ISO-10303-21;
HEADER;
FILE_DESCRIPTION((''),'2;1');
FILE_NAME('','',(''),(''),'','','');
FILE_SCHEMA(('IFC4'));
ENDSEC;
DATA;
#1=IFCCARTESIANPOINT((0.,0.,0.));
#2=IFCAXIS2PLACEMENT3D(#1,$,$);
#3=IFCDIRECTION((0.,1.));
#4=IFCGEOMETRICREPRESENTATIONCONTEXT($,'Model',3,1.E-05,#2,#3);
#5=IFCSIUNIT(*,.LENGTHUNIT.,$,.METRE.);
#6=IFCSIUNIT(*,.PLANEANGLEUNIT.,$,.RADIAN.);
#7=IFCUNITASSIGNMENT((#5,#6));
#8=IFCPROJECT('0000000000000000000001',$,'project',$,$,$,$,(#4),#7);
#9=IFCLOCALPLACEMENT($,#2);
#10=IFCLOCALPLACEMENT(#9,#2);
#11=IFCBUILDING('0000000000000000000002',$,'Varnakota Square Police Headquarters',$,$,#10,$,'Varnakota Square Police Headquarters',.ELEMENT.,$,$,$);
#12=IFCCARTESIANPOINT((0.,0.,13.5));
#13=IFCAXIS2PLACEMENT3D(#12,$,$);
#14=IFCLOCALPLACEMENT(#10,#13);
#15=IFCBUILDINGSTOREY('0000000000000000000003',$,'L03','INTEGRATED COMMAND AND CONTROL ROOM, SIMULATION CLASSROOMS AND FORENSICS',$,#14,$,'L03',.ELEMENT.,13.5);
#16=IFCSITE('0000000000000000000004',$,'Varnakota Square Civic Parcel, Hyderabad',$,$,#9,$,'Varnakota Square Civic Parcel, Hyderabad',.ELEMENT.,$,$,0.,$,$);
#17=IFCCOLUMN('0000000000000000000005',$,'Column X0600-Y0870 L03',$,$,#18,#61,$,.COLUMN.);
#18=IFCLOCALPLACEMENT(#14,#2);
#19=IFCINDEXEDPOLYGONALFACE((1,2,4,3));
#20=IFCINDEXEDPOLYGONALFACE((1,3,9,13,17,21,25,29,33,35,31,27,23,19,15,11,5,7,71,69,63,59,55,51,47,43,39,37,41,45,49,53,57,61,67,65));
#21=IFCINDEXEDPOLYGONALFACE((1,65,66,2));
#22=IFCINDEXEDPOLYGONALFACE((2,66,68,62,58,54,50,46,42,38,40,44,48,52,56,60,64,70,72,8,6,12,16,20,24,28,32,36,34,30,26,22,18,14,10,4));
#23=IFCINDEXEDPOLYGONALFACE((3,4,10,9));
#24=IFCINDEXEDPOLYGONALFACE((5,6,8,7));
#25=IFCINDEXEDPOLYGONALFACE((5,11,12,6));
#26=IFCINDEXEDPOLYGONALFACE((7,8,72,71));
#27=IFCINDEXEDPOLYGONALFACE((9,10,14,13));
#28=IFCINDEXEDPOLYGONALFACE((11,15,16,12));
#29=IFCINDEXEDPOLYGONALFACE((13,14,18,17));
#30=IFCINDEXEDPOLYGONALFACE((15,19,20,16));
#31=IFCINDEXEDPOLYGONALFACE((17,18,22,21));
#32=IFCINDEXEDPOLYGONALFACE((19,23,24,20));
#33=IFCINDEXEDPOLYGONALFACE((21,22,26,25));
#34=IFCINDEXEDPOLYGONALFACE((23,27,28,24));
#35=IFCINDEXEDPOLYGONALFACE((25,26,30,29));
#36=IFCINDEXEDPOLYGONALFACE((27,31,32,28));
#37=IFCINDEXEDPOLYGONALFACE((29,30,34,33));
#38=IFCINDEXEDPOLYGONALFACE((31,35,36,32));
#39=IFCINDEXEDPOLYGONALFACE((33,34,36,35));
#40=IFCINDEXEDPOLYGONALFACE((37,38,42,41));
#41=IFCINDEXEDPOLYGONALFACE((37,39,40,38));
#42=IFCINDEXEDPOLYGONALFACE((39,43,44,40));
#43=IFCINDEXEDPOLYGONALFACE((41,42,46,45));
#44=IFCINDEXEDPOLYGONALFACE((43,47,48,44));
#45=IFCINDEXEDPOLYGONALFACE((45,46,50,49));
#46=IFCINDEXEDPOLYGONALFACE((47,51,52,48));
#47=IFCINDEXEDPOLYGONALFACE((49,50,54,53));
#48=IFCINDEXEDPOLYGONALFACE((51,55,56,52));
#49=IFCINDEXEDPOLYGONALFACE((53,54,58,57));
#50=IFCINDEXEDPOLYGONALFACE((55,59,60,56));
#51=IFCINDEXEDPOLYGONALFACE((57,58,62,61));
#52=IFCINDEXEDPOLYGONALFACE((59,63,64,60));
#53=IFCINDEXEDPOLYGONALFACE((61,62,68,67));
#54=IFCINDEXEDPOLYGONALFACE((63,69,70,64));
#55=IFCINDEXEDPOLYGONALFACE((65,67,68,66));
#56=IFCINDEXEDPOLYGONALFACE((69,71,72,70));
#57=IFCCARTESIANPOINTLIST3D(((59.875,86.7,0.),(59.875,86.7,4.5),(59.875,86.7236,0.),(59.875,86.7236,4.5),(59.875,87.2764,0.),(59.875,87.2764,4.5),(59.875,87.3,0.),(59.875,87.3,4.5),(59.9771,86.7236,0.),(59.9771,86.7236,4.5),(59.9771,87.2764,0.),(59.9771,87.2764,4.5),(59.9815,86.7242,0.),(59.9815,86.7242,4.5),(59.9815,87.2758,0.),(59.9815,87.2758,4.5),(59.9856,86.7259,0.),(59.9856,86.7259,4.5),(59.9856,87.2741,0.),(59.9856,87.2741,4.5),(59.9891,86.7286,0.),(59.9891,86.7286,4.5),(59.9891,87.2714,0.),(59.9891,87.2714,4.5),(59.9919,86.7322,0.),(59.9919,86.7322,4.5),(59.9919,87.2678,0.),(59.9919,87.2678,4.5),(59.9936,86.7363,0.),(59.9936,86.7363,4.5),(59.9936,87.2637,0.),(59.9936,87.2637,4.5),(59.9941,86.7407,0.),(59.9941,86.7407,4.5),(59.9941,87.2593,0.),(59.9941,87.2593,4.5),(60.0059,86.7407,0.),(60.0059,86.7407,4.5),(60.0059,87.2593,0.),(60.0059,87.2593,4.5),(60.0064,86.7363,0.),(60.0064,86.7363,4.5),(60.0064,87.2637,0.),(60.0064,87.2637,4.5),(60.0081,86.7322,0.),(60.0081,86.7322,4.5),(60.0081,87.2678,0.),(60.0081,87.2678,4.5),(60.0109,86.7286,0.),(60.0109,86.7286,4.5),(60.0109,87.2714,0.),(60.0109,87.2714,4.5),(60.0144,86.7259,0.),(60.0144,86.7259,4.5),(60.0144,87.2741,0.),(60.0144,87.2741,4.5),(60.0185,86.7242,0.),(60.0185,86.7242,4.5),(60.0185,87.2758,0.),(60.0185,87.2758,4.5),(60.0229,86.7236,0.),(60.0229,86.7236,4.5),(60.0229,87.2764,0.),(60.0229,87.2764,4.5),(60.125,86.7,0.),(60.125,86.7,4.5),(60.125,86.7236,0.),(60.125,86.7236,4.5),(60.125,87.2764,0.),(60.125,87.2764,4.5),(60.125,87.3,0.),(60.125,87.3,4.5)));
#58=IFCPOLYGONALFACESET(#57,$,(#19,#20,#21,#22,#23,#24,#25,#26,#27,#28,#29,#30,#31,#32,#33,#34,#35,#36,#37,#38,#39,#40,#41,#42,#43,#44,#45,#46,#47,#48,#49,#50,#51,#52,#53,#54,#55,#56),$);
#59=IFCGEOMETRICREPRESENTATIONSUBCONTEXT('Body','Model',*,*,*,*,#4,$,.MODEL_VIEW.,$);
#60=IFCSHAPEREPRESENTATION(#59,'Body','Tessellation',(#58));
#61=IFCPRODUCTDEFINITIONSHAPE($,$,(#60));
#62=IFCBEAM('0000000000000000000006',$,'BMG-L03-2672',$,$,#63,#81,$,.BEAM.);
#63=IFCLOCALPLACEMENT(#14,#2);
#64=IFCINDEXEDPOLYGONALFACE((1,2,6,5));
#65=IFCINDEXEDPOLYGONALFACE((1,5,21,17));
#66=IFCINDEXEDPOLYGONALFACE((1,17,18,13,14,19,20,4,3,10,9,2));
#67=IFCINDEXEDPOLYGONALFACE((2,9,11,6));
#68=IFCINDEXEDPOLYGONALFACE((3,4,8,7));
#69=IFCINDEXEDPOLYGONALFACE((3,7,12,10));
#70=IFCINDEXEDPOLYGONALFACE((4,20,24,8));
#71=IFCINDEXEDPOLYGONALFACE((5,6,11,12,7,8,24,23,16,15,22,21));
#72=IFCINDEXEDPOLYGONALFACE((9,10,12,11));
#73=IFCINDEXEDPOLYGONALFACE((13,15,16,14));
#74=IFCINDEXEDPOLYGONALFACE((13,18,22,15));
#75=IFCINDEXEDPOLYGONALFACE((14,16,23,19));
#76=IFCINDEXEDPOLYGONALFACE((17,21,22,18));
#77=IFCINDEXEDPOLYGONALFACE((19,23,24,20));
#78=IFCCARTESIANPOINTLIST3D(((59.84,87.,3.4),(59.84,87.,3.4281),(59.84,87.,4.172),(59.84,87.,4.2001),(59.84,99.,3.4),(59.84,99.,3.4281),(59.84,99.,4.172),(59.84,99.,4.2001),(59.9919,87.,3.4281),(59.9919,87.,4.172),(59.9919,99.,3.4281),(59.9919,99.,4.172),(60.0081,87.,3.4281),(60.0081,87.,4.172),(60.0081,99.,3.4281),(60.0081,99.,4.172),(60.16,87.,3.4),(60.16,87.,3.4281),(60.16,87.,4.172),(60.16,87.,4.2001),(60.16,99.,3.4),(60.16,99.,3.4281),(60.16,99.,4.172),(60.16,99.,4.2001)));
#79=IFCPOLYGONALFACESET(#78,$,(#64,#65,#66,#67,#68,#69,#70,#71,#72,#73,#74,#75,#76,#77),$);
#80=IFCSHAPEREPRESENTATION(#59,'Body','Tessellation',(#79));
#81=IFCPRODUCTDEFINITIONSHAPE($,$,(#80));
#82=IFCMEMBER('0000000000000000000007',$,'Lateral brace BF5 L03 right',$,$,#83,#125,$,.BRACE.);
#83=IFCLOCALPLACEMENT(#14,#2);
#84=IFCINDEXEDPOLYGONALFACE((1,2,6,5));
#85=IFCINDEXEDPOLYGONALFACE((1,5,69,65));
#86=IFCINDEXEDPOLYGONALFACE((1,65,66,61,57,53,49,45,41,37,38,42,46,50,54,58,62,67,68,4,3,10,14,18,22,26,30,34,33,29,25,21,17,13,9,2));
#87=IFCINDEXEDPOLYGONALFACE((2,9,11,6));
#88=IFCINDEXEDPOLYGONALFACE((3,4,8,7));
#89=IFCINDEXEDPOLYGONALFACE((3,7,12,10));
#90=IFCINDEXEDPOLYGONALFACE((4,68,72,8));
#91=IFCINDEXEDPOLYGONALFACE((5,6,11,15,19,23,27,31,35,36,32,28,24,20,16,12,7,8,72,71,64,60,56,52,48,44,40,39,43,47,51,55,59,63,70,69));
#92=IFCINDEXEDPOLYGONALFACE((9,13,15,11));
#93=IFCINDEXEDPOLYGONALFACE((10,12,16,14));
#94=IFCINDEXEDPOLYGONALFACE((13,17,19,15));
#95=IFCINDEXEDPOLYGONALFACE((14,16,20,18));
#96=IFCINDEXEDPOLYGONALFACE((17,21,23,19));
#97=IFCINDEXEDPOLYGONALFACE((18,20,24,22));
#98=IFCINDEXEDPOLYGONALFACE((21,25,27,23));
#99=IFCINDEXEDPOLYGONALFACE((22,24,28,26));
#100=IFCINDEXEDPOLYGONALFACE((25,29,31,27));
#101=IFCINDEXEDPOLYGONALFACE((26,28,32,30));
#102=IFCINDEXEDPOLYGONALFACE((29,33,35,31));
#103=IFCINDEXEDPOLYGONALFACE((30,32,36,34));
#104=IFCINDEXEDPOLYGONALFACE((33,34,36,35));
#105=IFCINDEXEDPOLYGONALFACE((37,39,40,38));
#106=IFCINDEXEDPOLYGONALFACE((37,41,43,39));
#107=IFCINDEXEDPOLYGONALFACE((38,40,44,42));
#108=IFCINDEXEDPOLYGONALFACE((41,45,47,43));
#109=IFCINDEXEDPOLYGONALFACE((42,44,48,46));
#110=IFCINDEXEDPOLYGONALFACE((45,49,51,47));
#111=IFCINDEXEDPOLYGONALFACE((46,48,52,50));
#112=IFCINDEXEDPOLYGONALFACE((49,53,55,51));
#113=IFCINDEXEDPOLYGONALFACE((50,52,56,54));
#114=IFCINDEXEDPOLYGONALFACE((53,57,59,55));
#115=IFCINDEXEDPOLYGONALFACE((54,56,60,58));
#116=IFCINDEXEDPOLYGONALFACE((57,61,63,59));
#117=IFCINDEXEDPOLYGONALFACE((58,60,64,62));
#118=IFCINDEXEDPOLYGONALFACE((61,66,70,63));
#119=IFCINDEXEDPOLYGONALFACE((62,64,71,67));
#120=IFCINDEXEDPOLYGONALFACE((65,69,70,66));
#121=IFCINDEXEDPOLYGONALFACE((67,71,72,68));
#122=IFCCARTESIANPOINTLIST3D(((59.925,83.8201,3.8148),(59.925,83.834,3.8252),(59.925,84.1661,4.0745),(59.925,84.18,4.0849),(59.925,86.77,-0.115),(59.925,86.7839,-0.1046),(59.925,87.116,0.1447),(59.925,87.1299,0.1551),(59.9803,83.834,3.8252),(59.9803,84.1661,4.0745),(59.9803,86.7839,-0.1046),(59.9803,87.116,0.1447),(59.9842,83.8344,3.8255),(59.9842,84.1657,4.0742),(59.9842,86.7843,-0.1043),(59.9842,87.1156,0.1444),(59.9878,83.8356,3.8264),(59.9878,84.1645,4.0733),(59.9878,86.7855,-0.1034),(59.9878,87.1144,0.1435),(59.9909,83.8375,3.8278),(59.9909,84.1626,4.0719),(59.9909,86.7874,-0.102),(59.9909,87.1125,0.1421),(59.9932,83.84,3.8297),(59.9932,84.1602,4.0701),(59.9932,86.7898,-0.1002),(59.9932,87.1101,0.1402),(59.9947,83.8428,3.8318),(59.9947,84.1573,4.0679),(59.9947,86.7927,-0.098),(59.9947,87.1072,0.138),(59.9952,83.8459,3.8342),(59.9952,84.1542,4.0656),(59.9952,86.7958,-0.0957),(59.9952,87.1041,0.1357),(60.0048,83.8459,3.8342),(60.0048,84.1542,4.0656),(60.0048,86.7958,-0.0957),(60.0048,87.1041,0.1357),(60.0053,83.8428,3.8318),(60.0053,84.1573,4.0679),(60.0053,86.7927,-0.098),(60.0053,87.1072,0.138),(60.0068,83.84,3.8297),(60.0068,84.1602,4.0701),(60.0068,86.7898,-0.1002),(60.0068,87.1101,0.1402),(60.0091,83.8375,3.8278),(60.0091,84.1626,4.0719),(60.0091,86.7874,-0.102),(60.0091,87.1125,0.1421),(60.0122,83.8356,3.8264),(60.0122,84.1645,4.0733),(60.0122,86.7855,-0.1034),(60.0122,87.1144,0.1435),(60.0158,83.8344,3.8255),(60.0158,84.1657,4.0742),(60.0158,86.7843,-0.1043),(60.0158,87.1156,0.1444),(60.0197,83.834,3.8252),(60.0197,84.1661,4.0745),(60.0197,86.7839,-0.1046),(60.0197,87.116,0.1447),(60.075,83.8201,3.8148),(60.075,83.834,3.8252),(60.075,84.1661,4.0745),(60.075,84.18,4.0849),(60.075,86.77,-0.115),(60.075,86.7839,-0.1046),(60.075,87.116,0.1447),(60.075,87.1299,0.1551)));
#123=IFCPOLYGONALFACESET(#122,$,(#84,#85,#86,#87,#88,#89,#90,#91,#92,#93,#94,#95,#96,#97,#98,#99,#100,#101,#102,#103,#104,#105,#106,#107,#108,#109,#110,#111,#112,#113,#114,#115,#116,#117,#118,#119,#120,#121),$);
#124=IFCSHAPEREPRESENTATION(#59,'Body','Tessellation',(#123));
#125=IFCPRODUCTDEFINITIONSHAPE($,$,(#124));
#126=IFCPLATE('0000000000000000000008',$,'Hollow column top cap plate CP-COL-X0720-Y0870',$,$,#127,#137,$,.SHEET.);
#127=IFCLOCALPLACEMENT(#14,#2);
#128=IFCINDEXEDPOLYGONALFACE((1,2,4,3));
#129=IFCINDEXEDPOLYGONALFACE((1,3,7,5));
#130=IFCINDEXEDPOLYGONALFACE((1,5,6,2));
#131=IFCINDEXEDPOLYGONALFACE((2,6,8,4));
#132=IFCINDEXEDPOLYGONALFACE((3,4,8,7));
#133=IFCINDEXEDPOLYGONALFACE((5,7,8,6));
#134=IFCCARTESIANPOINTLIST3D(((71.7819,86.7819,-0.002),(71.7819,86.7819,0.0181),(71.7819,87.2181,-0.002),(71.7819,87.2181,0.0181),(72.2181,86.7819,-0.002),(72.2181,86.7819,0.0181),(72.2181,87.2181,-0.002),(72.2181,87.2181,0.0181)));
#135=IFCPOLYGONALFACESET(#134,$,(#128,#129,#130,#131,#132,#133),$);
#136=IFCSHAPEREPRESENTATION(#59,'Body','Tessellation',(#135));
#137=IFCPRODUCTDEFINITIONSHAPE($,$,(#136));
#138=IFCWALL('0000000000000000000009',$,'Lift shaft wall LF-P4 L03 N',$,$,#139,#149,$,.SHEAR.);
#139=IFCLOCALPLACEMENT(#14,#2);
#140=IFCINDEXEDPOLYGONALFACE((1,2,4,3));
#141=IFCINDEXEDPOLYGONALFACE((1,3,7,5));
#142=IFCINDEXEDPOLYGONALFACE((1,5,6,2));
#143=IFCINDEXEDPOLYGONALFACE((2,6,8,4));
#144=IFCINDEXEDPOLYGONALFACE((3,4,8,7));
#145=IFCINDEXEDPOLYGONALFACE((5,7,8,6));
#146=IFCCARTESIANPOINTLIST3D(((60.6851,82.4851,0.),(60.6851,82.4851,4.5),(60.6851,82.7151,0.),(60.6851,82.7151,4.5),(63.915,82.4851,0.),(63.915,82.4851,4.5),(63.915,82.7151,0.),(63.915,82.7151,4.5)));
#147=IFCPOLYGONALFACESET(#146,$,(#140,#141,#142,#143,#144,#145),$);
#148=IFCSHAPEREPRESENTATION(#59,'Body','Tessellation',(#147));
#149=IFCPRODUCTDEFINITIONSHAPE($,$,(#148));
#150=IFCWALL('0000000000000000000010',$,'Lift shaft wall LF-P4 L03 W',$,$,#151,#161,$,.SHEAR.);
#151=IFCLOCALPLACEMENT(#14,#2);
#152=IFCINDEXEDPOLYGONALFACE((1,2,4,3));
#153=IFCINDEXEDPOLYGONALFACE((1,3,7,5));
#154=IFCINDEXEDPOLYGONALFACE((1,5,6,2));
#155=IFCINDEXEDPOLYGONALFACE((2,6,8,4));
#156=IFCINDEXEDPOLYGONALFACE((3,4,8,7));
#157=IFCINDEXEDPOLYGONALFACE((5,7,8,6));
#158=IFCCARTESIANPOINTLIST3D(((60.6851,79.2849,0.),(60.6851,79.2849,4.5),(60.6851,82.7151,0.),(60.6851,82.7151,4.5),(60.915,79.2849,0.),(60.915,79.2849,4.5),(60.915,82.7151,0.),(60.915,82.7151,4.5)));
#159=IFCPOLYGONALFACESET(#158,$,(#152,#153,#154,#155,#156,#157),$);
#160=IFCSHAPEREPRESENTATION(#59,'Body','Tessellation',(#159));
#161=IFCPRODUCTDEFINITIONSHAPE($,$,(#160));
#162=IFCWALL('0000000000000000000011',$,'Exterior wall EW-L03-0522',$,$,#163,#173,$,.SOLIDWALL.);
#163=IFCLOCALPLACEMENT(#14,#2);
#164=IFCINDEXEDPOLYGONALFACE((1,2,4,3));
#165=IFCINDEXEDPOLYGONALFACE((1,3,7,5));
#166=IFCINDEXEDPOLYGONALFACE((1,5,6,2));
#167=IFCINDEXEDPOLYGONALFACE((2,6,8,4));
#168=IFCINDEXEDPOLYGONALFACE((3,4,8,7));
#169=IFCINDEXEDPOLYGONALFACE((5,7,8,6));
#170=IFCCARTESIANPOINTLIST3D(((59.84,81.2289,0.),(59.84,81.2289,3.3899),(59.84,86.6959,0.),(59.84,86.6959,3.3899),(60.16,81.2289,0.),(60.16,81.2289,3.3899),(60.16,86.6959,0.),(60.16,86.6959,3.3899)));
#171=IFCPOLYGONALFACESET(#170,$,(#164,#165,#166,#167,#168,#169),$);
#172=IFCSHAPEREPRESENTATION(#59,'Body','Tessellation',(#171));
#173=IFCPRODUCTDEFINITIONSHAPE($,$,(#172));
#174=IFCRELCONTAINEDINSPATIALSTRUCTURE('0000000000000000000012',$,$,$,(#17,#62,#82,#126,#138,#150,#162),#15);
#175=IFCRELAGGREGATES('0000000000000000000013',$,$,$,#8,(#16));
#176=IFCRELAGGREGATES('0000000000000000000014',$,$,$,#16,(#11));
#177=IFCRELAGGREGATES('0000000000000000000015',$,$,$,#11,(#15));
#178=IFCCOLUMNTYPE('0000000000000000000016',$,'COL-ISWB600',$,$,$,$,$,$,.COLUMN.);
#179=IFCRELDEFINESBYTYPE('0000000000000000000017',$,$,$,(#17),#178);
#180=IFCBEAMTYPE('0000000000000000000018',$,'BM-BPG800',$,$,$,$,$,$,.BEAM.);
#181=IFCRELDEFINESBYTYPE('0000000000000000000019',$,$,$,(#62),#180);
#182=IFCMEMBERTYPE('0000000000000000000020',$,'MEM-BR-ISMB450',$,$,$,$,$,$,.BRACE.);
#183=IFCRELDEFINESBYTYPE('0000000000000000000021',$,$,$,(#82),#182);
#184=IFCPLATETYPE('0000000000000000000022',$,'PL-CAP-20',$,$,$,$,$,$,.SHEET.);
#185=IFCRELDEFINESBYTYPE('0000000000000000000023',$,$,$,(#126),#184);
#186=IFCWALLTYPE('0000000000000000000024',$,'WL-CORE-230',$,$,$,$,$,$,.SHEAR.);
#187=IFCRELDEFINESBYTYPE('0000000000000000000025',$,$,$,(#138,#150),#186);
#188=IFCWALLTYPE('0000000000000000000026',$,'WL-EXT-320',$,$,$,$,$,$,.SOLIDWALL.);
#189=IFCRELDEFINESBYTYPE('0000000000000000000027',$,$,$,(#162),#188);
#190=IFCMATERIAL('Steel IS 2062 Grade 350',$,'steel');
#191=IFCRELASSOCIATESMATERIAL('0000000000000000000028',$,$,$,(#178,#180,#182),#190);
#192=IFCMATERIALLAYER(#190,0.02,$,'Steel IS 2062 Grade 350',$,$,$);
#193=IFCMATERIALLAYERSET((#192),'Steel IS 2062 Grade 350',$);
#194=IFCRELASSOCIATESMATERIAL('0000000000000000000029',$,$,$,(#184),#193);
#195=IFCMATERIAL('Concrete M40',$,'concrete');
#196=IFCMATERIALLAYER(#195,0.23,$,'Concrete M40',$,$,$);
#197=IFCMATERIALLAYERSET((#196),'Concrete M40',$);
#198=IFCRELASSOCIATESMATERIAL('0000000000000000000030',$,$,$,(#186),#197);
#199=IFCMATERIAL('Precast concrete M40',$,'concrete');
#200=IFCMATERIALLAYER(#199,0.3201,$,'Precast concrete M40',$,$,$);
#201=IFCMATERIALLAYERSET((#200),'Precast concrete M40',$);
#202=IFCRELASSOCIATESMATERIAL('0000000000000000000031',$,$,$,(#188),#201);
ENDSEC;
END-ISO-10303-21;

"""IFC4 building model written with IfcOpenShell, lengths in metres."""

from ifc_helpers import new_model, si_unit, direction, frame, frame_2d, origin, origin_2d, place, context, subcontext, project, spatial, rectangle, i_section, extrude, material, layer, layer_set, material_profile, profile_set, type_object, element, save


model = new_model("IFC4")

# Units and contexts
model_context = context("Model", 3, precision=1e-05, world=origin(), true_north=direction((0.0, 1.0)))
body_context = subcontext(model_context, "Body", "Model", "MODEL_VIEW")
ifc_project = project(units=[si_unit("LENGTHUNIT", "METRE"), si_unit("PLANEANGLEUNIT", "RADIAN")], contexts=[model_context])

# Site, building, storey
site_placement = place(None, origin())
site = spatial("IfcSite", under=ifc_project, at=site_placement, Name="Varnakota Square Civic Parcel, Hyderabad", LongName="Varnakota Square Civic Parcel, Hyderabad", CompositionType="ELEMENT", RefElevation=0.0)
building_placement = place(site_placement, origin())
building = spatial("IfcBuilding", under=site, at=building_placement, Name="Varnakota Square Police Headquarters", LongName="Varnakota Square Police Headquarters", CompositionType="ELEMENT")
storey_placement = place(building_placement, frame((0.0, 0.0, 13.5)))
storey = spatial("IfcBuildingStorey", under=building, at=storey_placement, Name="L03", Description="INTEGRATED COMMAND AND CONTROL ROOM, SIMULATION CLASSROOMS AND FORENSICS", LongName="L03", CompositionType="ELEMENT", Elevation=13.5)

# Column
ifc_material_1 = material(Name="Steel IS 2062 Grade 350", Category="steel")
ifc_material_profile_1 = material_profile(ifc_material_1, i_section(OverallWidth=0.25, OverallDepth=0.6001, WebThickness=0.0117, FlangeThickness=0.0237, FilletRadius=0.0171, at=origin_2d()), Name="ISWB 600")
ifc_profile_set_1 = profile_set([ifc_material_profile_1], Name="Steel IS 2062 Grade 350")
column_type = type_object("IfcColumnType", Name="COL-ISWB600", PredefinedType="COLUMN", material=ifc_profile_set_1)
column_placement = place(storey_placement, frame((60.0, 87.0, 0.0), z_axis=(0.0, 0.0, 1.0), x_axis=(1.0, 0.0, 0.0)))
element("IfcColumn", 1, at=column_placement, inside=storey, type_object=column_type, Name="Column X0600-Y0870 L03", PredefinedType="COLUMN", context=body_context, shape_type="SweptSolid", body=[
    extrude(i_section(OverallWidth=0.25, OverallDepth=0.6001, WebThickness=0.0117, FlangeThickness=0.0237, FilletRadius=0.0171, at=origin_2d()), origin(), (0.0, 0.0, 1.0), 4.5),
])

# Beam
ifc_material_profile_2 = material_profile(ifc_material_1, i_section(OverallWidth=0.3201, OverallDepth=0.8, WebThickness=0.0161, FlangeThickness=0.0281, at=origin_2d()), Name="BPG 800x320")
ifc_profile_set_2 = profile_set([ifc_material_profile_2], Name="Steel IS 2062 Grade 350")
beam_type = type_object("IfcBeamType", Name="BM-BPG800", PredefinedType="BEAM", material=ifc_profile_set_2)
beam_placement = place(storey_placement, frame((60.0, 87.0, 3.8), z_axis=(0.0, 1.0, 0.0), x_axis=(-1.0, 0.0, 0.0)))
element("IfcBeam", 2, at=beam_placement, inside=storey, type_object=beam_type, Name="BMG-L03-2672", PredefinedType="BEAM", context=body_context, shape_type="SweptSolid", body=[
    extrude(i_section(OverallWidth=0.3201, OverallDepth=0.8, WebThickness=0.0161, FlangeThickness=0.0281, at=origin_2d()), origin(), (0.0, 0.0, 1.0), 12.0),
])

# Member
ifc_material_profile_3 = material_profile(ifc_material_1, i_section(OverallWidth=0.1499, OverallDepth=0.45, WebThickness=0.0095, FlangeThickness=0.0173, FilletRadius=0.0149, at=origin_2d()), Name="ISMB 450")
ifc_profile_set_3 = profile_set([ifc_material_profile_3], Name="Steel IS 2062 Grade 350")
member_type = type_object("IfcMemberType", Name="MEM-BR-ISMB450", PredefinedType="BRACE", material=ifc_profile_set_3)
member_placement = place(storey_placement, frame((60.0, 86.95, 0.02), z_axis=(0.0, -0.600326, 0.799755), x_axis=(1.0, 0.0, 0.0)))
element("IfcMember", 3, at=member_placement, inside=storey, type_object=member_type, Name="Lateral brace BF5 L03 right", PredefinedType="BRACE", context=body_context, shape_type="SweptSolid", body=[
    extrude(i_section(OverallWidth=0.1499, OverallDepth=0.45, WebThickness=0.0095, FlangeThickness=0.0173, FilletRadius=0.0149, at=origin_2d()), origin(), (0.0, 0.0, 1.0), 4.9138),
])

# Plate
ifc_layer_1 = layer(ifc_material_1, 0.02, Name="Steel IS 2062 Grade 350")
ifc_layer_set_1 = layer_set([ifc_layer_1], Name="Steel IS 2062 Grade 350")
plate_type = type_object("IfcPlateType", Name="PL-CAP-20", PredefinedType="SHEET", material=ifc_layer_set_1)
plate_placement = place(storey_placement, frame((72.0, 87.0, -0.002), z_axis=(0.0, 0.0, 1.0), x_axis=(1.0, 0.0, 0.0)))
element("IfcPlate", 4, at=plate_placement, inside=storey, type_object=plate_type, Name="Hollow column top cap plate CP-COL-X0720-Y0870", PredefinedType="SHEET", context=body_context, shape_type="SweptSolid", body=[
    extrude(rectangle(XDim=0.4363, YDim=0.4363, at=origin_2d()), origin(), (0.0, 0.0, 1.0), 0.02),
])

# Walls
ifc_material_2 = material(Name="Concrete M40", Category="concrete")
ifc_layer_2 = layer(ifc_material_2, 0.23, Name="Concrete M40")
ifc_layer_set_2 = layer_set([ifc_layer_2], Name="Concrete M40")
wall_type_1 = type_object("IfcWallType", Name="WL-CORE-230", PredefinedType="SHEAR", material=ifc_layer_set_2)
wall_1_placement = place(storey_placement, frame((63.915, 82.6001, 0.0), z_axis=(0.0, 0.0, 1.0), x_axis=(-1.0, 0.0, 0.0)))
element("IfcWall", 5, at=wall_1_placement, inside=storey, type_object=wall_type_1, Name="Lift shaft wall LF-P4 L03 N", PredefinedType="SHEAR", context=body_context, shape_type="SweptSolid", body=[
    extrude(rectangle(XDim=3.23, YDim=0.23, at=frame_2d((1.615, 0.0))), origin(), (0.0, 0.0, 1.0), 4.5),
])
wall_2_placement = place(storey_placement, frame((60.8, 82.7151, 0.0), z_axis=(0.0, 0.0, 1.0), x_axis=(0.0, -1.0, 0.0)))
element("IfcWall", 6, at=wall_2_placement, inside=storey, type_object=wall_type_1, Name="Lift shaft wall LF-P4 L03 W", PredefinedType="SHEAR", context=body_context, shape_type="SweptSolid", body=[
    extrude(rectangle(XDim=3.4302, YDim=0.23, at=frame_2d((1.7151, 0.0))), origin(), (0.0, 0.0, 1.0), 4.5),
])
ifc_material_3 = material(Name="Precast concrete M40", Category="concrete")
ifc_layer_3 = layer(ifc_material_3, 0.3201, Name="Precast concrete M40")
ifc_layer_set_3 = layer_set([ifc_layer_3], Name="Precast concrete M40")
wall_type_2 = type_object("IfcWallType", Name="WL-EXT-320", PredefinedType="SOLIDWALL", material=ifc_layer_set_3)
wall_3_placement = place(storey_placement, frame((60.0, 81.229, 0.0), z_axis=(0.0, 0.0, 1.0), x_axis=(0.0, 1.0, 0.0)))
element("IfcWall", 7, at=wall_3_placement, inside=storey, type_object=wall_type_2, Name="Exterior wall EW-L03-0522", PredefinedType="SOLIDWALL", context=body_context, shape_type="SweptSolid", body=[
    extrude(rectangle(XDim=5.467, YDim=0.3201, at=frame_2d((2.7334, 0.0))), origin(), (0.0, 0.0, 1.0), 3.3899),
])

save(model, "model.ifc")
